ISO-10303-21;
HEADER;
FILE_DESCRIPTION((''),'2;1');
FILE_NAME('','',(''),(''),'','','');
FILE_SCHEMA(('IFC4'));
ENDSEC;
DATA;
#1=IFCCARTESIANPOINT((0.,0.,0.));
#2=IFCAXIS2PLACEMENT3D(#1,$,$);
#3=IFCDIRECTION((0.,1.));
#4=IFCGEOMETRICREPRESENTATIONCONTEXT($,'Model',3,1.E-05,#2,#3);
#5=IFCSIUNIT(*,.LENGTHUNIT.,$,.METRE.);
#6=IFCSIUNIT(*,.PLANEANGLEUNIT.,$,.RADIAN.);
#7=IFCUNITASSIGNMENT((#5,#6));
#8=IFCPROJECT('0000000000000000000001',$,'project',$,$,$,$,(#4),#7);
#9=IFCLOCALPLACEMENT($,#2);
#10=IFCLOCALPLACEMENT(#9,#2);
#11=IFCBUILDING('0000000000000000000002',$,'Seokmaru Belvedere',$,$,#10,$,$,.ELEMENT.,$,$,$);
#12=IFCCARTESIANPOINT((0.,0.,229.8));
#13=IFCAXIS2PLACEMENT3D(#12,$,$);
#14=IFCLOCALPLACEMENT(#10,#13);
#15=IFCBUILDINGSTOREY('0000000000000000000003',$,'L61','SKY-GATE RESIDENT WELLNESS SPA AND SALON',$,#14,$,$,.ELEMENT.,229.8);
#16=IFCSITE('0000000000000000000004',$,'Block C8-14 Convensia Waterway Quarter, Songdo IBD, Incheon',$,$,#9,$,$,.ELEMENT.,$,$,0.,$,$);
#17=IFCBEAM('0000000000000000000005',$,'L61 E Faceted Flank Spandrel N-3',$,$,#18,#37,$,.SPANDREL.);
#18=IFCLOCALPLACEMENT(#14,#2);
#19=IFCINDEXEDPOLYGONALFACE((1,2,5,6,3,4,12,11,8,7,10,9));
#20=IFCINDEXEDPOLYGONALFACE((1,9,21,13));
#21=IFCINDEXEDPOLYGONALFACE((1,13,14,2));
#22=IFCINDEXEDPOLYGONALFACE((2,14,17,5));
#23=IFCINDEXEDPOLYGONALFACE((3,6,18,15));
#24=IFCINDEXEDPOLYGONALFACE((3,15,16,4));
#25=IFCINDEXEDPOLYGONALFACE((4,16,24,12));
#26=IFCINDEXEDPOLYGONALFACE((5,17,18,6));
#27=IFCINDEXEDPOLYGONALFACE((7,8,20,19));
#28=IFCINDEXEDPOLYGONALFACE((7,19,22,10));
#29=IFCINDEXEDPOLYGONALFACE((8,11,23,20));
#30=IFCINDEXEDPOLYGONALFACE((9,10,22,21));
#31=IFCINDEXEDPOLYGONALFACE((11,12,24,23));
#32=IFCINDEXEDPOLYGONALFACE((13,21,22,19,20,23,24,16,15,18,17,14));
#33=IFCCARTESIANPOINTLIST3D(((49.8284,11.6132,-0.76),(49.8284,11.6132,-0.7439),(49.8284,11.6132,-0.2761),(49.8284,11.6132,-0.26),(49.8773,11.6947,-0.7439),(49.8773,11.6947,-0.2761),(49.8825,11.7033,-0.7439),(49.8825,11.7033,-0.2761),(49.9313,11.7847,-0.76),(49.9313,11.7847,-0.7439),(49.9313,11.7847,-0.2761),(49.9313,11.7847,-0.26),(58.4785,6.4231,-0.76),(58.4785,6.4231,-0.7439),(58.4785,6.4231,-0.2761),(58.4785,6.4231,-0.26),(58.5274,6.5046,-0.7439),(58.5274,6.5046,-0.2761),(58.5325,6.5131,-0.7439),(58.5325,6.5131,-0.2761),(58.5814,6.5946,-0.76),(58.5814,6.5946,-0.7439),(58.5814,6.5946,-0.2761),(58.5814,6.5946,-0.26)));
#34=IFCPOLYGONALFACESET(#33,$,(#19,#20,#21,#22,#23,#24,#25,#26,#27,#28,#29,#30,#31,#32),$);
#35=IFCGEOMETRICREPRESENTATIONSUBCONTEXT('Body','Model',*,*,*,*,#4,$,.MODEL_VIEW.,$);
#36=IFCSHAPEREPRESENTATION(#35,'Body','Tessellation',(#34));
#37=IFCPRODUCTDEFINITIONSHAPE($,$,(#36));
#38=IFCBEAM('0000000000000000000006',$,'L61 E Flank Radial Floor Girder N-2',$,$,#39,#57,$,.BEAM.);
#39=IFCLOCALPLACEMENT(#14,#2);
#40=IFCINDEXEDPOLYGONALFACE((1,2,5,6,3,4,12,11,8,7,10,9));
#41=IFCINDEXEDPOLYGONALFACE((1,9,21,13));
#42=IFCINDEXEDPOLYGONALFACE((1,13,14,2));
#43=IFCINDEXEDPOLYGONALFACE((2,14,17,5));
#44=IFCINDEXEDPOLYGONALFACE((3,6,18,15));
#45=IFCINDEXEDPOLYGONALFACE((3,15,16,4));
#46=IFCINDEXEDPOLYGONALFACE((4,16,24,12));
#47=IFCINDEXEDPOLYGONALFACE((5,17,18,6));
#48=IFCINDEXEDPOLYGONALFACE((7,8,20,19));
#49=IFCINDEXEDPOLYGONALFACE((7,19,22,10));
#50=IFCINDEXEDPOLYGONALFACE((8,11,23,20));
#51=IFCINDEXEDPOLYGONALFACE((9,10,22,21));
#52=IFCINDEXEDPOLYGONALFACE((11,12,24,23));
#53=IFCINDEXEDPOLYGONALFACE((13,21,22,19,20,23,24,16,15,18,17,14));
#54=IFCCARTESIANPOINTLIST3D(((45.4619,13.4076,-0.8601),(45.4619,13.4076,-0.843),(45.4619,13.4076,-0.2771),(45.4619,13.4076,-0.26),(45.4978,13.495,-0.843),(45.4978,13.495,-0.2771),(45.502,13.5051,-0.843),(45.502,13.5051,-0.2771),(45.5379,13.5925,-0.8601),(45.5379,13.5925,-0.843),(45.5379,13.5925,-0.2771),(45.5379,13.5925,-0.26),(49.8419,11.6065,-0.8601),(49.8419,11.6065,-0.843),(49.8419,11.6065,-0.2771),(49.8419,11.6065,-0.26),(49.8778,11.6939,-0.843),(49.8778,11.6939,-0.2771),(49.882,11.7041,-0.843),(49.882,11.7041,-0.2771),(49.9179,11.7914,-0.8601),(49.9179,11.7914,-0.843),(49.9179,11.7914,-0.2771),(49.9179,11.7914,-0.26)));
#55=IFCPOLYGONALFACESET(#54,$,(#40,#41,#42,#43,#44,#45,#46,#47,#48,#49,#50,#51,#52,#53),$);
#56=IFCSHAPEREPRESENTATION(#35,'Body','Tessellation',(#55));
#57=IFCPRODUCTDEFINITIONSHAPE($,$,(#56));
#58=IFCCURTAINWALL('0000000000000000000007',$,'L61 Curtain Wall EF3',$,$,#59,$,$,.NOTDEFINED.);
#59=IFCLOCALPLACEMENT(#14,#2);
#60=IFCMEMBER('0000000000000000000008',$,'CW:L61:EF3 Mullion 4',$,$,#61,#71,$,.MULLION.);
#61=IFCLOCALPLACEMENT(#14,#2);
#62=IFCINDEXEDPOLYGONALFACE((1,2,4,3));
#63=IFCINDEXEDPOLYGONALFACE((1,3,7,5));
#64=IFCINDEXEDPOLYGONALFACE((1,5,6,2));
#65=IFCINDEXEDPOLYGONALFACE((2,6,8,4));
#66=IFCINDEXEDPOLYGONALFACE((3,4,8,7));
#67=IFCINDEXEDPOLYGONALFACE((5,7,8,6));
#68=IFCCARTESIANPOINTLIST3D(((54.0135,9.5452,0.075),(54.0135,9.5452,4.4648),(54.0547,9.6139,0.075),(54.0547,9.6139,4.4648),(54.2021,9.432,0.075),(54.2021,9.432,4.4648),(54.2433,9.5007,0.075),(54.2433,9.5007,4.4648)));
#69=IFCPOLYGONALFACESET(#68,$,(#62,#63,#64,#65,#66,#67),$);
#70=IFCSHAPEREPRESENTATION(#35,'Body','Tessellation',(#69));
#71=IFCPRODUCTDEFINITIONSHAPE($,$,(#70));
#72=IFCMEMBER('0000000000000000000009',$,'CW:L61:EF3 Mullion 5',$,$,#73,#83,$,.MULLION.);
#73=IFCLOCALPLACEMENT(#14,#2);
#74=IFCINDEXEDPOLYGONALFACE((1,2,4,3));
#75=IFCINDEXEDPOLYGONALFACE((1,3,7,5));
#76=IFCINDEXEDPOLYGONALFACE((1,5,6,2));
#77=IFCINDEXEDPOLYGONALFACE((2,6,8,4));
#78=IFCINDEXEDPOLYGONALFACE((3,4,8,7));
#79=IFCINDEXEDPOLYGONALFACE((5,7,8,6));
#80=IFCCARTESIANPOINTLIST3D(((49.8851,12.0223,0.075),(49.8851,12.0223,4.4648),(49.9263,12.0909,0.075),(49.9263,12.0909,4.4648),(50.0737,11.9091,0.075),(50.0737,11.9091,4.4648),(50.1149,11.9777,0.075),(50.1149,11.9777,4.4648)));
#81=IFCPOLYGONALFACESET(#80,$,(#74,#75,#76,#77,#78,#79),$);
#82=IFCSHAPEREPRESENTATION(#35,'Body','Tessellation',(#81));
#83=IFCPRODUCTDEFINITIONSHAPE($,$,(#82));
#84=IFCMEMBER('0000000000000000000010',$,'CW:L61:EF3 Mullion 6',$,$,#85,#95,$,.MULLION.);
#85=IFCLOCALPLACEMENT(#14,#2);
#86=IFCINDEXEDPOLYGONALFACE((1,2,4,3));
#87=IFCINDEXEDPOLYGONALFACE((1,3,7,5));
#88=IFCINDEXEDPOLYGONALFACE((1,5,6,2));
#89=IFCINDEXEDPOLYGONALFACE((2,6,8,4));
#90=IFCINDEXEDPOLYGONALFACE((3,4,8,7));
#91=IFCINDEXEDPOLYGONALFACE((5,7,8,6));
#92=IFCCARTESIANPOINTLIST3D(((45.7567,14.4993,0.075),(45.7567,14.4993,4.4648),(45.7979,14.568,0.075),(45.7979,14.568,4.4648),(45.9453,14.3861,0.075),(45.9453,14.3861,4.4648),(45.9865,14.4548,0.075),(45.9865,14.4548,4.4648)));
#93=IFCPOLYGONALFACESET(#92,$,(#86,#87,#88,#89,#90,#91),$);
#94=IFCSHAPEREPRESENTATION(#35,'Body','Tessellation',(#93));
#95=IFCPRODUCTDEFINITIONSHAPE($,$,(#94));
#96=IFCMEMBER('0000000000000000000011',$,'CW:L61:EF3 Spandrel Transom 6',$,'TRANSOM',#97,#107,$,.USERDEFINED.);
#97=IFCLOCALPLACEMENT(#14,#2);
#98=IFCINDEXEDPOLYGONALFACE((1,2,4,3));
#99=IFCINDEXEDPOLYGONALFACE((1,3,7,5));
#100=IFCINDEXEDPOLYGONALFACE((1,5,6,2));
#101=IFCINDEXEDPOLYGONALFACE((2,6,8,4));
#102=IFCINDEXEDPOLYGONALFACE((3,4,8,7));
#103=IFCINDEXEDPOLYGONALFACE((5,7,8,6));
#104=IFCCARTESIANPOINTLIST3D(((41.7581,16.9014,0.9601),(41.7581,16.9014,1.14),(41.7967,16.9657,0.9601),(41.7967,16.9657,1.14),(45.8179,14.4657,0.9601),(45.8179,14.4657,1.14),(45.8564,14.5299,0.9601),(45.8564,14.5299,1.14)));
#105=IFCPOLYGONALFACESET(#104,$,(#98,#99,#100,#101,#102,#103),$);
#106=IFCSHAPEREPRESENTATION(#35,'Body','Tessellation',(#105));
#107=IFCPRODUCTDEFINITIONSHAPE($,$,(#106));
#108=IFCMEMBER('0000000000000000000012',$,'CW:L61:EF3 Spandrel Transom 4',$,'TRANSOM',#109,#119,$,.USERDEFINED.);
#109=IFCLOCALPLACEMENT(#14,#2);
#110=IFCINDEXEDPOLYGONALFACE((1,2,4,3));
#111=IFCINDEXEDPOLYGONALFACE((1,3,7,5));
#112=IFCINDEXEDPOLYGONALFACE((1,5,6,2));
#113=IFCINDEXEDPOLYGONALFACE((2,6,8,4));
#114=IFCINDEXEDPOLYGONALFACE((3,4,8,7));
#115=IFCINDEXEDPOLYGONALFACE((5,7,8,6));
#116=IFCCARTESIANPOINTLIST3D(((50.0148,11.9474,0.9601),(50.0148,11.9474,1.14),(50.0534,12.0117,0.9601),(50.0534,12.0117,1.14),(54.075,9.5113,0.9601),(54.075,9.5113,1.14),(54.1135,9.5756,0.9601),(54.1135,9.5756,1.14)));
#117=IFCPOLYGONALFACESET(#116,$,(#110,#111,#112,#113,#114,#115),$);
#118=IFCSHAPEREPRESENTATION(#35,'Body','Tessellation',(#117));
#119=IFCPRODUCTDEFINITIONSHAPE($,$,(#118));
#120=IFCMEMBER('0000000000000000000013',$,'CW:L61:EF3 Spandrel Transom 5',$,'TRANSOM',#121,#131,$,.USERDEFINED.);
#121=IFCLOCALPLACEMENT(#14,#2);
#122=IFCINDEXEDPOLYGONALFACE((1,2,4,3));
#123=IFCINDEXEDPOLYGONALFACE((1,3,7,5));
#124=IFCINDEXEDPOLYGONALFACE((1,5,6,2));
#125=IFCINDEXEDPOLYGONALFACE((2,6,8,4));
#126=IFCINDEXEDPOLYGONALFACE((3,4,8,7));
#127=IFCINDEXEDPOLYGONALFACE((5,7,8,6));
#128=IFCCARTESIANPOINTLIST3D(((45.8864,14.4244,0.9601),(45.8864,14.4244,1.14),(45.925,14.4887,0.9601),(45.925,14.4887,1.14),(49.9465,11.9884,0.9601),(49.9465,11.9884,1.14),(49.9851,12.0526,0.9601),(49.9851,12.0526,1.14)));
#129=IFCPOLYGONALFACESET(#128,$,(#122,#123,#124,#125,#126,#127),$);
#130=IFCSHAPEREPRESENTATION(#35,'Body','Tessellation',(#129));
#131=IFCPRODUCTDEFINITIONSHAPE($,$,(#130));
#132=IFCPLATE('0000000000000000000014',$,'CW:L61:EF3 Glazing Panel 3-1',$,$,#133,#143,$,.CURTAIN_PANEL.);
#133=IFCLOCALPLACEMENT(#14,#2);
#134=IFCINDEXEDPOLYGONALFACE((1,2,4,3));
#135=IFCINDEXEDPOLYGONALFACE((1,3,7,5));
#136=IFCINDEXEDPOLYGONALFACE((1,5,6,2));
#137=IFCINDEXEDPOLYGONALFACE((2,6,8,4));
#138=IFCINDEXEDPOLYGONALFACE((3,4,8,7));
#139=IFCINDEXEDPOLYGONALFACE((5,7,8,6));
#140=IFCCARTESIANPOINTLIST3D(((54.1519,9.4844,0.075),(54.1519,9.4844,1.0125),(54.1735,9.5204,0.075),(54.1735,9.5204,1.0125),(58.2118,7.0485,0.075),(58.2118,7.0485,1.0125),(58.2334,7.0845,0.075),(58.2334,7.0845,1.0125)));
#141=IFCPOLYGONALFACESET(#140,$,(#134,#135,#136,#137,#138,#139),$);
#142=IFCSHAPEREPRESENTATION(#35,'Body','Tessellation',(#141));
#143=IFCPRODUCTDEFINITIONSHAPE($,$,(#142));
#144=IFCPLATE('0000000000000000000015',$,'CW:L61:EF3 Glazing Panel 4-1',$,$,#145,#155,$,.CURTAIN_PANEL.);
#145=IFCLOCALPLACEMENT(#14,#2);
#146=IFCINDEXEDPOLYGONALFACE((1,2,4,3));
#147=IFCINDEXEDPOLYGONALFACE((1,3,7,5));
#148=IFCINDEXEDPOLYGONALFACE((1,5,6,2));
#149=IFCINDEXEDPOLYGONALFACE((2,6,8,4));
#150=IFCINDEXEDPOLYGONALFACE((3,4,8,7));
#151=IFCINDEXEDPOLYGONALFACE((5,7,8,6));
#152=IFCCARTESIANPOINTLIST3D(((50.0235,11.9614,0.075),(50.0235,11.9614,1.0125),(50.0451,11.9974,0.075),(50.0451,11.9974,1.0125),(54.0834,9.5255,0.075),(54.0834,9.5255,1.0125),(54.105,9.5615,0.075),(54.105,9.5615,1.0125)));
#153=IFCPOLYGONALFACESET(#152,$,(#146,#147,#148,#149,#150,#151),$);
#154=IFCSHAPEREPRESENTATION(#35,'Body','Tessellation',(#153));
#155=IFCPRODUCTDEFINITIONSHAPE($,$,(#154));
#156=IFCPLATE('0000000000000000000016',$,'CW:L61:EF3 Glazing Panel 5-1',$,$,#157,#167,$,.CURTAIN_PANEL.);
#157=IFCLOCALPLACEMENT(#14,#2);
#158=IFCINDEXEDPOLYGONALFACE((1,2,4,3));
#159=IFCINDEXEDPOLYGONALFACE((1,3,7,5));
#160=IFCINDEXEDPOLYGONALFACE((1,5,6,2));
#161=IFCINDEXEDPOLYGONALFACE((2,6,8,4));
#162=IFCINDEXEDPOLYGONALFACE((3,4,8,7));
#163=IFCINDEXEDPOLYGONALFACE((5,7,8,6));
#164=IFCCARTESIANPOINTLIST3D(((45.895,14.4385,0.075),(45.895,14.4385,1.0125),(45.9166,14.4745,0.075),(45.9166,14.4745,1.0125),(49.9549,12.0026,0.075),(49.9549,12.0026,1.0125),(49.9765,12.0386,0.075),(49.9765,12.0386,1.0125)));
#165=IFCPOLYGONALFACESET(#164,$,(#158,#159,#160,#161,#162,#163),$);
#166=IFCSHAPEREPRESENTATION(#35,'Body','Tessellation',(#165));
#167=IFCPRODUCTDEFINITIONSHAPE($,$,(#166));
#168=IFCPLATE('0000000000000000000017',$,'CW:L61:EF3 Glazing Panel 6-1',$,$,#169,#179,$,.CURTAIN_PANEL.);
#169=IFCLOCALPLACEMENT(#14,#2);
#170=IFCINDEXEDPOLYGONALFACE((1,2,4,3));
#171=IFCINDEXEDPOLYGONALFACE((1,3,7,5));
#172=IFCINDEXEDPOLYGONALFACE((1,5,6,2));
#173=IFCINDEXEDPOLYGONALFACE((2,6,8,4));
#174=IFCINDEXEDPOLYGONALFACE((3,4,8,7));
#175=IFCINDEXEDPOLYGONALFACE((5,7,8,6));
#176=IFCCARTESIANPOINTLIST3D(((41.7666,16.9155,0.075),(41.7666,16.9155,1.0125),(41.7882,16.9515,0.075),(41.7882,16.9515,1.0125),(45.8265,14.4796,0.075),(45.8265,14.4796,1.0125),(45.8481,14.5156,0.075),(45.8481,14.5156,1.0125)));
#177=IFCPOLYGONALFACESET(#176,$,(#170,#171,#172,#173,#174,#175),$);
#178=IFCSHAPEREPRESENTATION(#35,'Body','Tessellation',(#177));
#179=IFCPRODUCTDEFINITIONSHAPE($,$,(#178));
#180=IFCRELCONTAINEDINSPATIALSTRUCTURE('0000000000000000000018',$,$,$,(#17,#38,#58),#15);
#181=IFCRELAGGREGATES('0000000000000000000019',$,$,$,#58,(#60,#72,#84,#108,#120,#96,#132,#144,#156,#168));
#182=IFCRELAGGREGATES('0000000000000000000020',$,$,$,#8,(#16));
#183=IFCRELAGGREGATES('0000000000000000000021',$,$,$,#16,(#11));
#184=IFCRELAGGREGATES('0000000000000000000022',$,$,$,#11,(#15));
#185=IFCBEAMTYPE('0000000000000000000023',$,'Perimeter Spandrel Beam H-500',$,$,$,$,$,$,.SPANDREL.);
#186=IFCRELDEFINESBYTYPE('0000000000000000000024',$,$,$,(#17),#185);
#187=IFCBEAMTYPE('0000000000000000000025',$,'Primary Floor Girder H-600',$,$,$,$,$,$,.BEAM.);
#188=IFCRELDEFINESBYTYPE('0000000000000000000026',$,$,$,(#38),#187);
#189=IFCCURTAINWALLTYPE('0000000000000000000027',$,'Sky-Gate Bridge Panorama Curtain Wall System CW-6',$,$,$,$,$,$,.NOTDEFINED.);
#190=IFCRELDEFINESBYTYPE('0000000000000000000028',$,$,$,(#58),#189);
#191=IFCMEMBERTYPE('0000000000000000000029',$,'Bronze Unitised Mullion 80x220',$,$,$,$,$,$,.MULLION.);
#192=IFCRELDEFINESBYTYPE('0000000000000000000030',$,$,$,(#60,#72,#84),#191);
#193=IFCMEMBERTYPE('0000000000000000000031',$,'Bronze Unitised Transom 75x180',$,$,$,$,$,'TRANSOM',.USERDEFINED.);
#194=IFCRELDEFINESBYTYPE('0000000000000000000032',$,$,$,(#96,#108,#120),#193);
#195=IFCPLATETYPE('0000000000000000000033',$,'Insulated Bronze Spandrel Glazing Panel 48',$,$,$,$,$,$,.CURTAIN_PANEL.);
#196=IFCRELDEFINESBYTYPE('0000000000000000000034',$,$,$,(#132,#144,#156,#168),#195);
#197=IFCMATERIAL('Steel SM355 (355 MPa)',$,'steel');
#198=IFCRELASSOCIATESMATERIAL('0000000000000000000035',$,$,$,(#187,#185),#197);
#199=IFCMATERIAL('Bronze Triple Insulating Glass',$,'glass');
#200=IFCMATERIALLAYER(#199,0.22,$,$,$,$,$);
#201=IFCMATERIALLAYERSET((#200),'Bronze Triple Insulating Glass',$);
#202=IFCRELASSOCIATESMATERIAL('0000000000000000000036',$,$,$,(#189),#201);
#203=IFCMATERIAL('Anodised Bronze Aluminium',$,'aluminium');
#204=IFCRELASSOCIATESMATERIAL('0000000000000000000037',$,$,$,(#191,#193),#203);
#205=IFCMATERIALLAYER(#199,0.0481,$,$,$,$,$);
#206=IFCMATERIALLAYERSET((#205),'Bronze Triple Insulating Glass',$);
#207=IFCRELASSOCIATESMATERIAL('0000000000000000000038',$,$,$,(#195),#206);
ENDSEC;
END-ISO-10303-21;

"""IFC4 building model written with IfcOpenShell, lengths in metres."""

from ifc_helpers import new_model, si_unit, direction, frame, origin, origin_2d, place, context, subcontext, project, spatial, rectangle, i_section, extrude, source, transform, mapped, material, layer, layer_set, material_profile, profile_set, type_object, type_shapes, element, aggregate, save


model = new_model("IFC4")

# Units and contexts
model_context = context("Model", 3, precision=1e-05, world=origin(), true_north=direction((0.0, 1.0)))
body_context = subcontext(model_context, "Body", "Model", "MODEL_VIEW")
ifc_project = project(units=[si_unit("LENGTHUNIT", "METRE"), si_unit("PLANEANGLEUNIT", "RADIAN")], contexts=[model_context])

# Site, building, storey
site_placement = place(None, origin())
site = spatial("IfcSite", under=ifc_project, at=site_placement, Name="Block C8-14 Convensia Waterway Quarter, Songdo IBD, Incheon", CompositionType="ELEMENT", RefElevation=0.0)
building_placement = place(site_placement, origin())
building = spatial("IfcBuilding", under=site, at=building_placement, Name="Seokmaru Belvedere", CompositionType="ELEMENT")
storey_placement = place(building_placement, frame((0.0, 0.0, 229.8)))
storey = spatial("IfcBuildingStorey", under=building, at=storey_placement, Name="L61", Description="SKY-GATE RESIDENT WELLNESS SPA AND SALON", CompositionType="ELEMENT", Elevation=229.8)

# Shared definitions
ifc_material_1 = material(Name="Steel SM355 (355 MPa)", Category="steel")

# Beams
ifc_material_profile_1 = material_profile(ifc_material_1, i_section(OverallWidth=0.2, OverallDepth=0.6001, WebThickness=0.011, FlangeThickness=0.0171, at=origin_2d()), Name="H-600x200x11x17")
ifc_profile_set_1 = profile_set([ifc_material_profile_1], Name="Steel SM355 (355 MPa)")
beam_type_1 = type_object("IfcBeamType", Name="Primary Floor Girder H-600", PredefinedType="BEAM", material=ifc_profile_set_1)
ifc_material_profile_2 = material_profile(ifc_material_1, i_section(OverallWidth=0.2, OverallDepth=0.5, WebThickness=0.01, FlangeThickness=0.0161, at=origin_2d()), Name="H-500x200x10x16")
ifc_profile_set_2 = profile_set([ifc_material_profile_2], Name="Steel SM355 (355 MPa)")
beam_type_2 = type_object("IfcBeamType", Name="Perimeter Spandrel Beam H-500", PredefinedType="SPANDREL", material=ifc_profile_set_2)
shared_shape_1 = source(origin(), body_context, "Body", "SweptSolid", [
    extrude(i_section(OverallWidth=0.2, OverallDepth=0.5, WebThickness=0.01, FlangeThickness=0.0161, at=origin_2d()), origin(), (0.0, 0.0, 1.0), 10.0876),
])
type_shapes(beam_type_2, [shared_shape_1])
beam_1_placement = place(storey_placement, frame((49.8799, 11.699, -0.51), z_axis=(0.857489, -0.514503, 0.0), x_axis=(0.514503, 0.857489, 0.0)))
element("IfcBeam", 1, at=beam_1_placement, inside=storey, type_object=beam_type_2, Name="L61 E Faceted Flank Spandrel N-3", PredefinedType="SPANDREL", context=body_context, shape_type="MappedRepresentation", body=[
    mapped(shared_shape_1, transform((0.0, 0.0, 0.0), scale=1.0)),
])
shared_shape_2 = source(origin(), body_context, "Body", "SweptSolid", [
    extrude(i_section(OverallWidth=0.2, OverallDepth=0.6001, WebThickness=0.011, FlangeThickness=0.0171, at=origin_2d()), origin(), (0.0, 0.0, 1.0), 4.7358),
])
beam_2_placement = place(storey_placement, frame((49.8799, 11.699, -0.5601), z_axis=(-0.924861, 0.380306, 0.0), x_axis=(-0.380306, -0.924861, 0.0)))
element("IfcBeam", 2, at=beam_2_placement, inside=storey, type_object=beam_type_1, Name="L61 E Flank Radial Floor Girder N-2", PredefinedType="BEAM", context=body_context, shape_type="MappedRepresentation", body=[
    mapped(shared_shape_2, transform((0.0, 0.0, 0.0), scale=1.0)),
])

# Curtain wall, members, plates
ifc_material_2 = material(Name="Bronze Triple Insulating Glass", Category="glass")
ifc_layer_1 = layer(ifc_material_2, 0.22)
ifc_layer_set_1 = layer_set([ifc_layer_1], Name="Bronze Triple Insulating Glass")
curtain_wall_type = type_object("IfcCurtainWallType", Name="Sky-Gate Bridge Panorama Curtain Wall System CW-6", PredefinedType="NOTDEFINED", material=ifc_layer_set_1)
curtain_wall_placement = place(storey_placement, origin())
curtain_wall = element("IfcCurtainWall", 3, at=curtain_wall_placement, inside=storey, type_object=curtain_wall_type, Name="L61 Curtain Wall EF3", PredefinedType="NOTDEFINED")
ifc_material_3 = material(Name="Anodised Bronze Aluminium", Category="aluminium")
ifc_material_profile_3 = material_profile(ifc_material_3, rectangle(XDim=0.0801, YDim=0.22, at=origin_2d()), Name="CW-M-80x220")
ifc_profile_set_3 = profile_set([ifc_material_profile_3], Name="Anodised Bronze Aluminium")
member_type_1 = type_object("IfcMemberType", Name="Bronze Unitised Mullion 80x220", PredefinedType="MULLION", material=ifc_profile_set_3)
shared_shape_3 = source(origin(), body_context, "Body", "SweptSolid", [
    extrude(rectangle(XDim=0.0801, YDim=0.22, at=origin_2d()), origin(), (0.0, 0.0, 1.0), 4.3899),
])
type_shapes(member_type_1, [shared_shape_3])
member_1_placement = place(storey_placement, frame((54.1284, 9.5229, 0.075), z_axis=(0.0, 0.0, 1.0), x_axis=(-0.514495, -0.857493, 0.0)))
member_1 = element("IfcMember", 4, at=member_1_placement, type_object=member_type_1, Name="CW:L61:EF3 Mullion 4", PredefinedType="MULLION", context=body_context, shape_type="MappedRepresentation", body=[
    mapped(shared_shape_3, transform((0.0, 0.0, 0.0), scale=1.0)),
])
member_2_placement = place(storey_placement, frame((50.0, 12.0, 0.075), z_axis=(0.0, 0.0, 1.0), x_axis=(-0.514495, -0.857493, 0.0)))
member_2 = element("IfcMember", 5, at=member_2_placement, type_object=member_type_1, Name="CW:L61:EF3 Mullion 5", PredefinedType="MULLION", context=body_context, shape_type="MappedRepresentation", body=[
    mapped(shared_shape_3, transform((0.0, 0.0, 0.0), scale=1.0)),
])
member_3_placement = place(storey_placement, frame((45.8716, 14.4771, 0.075), z_axis=(0.0, 0.0, 1.0), x_axis=(-0.514495, -0.857493, 0.0)))
member_3 = element("IfcMember", 6, at=member_3_placement, type_object=member_type_1, Name="CW:L61:EF3 Mullion 6", PredefinedType="MULLION", context=body_context, shape_type="MappedRepresentation", body=[
    mapped(shared_shape_3, transform((0.0, 0.0, 0.0), scale=1.0)),
])
ifc_material_profile_4 = material_profile(ifc_material_3, rectangle(XDim=0.075, YDim=0.1799, at=origin_2d()), Name="CW-T-75x180")
ifc_profile_set_4 = profile_set([ifc_material_profile_4], Name="Anodised Bronze Aluminium")
member_type_2 = type_object("IfcMemberType", Name="Bronze Unitised Transom 75x180", ElementType="TRANSOM", PredefinedType="USERDEFINED", material=ifc_profile_set_4)
shared_shape_4 = source(origin(), body_context, "Body", "SweptSolid", [
    extrude(rectangle(XDim=0.075, YDim=0.1799, at=origin_2d()), origin(), (0.0, 0.0, 1.0), 4.7344),
])
member_4_placement = place(storey_placement, frame((45.8372, 14.4978, 1.05), z_axis=(-0.857502, 0.514481, 0.0), x_axis=(-0.514481, -0.857502, 0.0)))
member_4 = element("IfcMember", 7, at=member_4_placement, type_object=member_type_2, Name="CW:L61:EF3 Spandrel Transom 6", ObjectType="TRANSOM", PredefinedType="USERDEFINED", context=body_context, shape_type="MappedRepresentation", body=[
    mapped(shared_shape_4, transform((0.0, 0.0, 0.0), scale=1.0)),
])
shared_shape_5 = source(origin(), body_context, "Body", "SweptSolid", [
    extrude(rectangle(XDim=0.075, YDim=0.1799, at=origin_2d()), origin(), (0.0, 0.0, 1.0), 4.7349),
])
type_shapes(member_type_2, [shared_shape_4, shared_shape_5])
member_5_placement = place(storey_placement, frame((54.0942, 9.5435, 1.05), z_axis=(-0.857493, 0.514496, 0.0), x_axis=(-0.514496, -0.857493, 0.0)))
member_5 = element("IfcMember", 8, at=member_5_placement, type_object=member_type_2, Name="CW:L61:EF3 Spandrel Transom 4", ObjectType="TRANSOM", PredefinedType="USERDEFINED", context=body_context, shape_type="MappedRepresentation", body=[
    mapped(shared_shape_5, transform((0.0, 0.0, 0.0), scale=1.0)),
])
member_6_placement = place(storey_placement, frame((49.9658, 12.0205, 1.05), z_axis=(-0.857493, 0.514496, 0.0), x_axis=(-0.514496, -0.857493, 0.0)))
member_6 = element("IfcMember", 9, at=member_6_placement, type_object=member_type_2, Name="CW:L61:EF3 Spandrel Transom 5", ObjectType="TRANSOM", PredefinedType="USERDEFINED", context=body_context, shape_type="MappedRepresentation", body=[
    mapped(shared_shape_5, transform((0.0, 0.0, 0.0), scale=1.0)),
])
ifc_layer_2 = layer(ifc_material_2, 0.0481)
ifc_layer_set_2 = layer_set([ifc_layer_2], Name="Bronze Triple Insulating Glass")
plate_type_1 = type_object("IfcPlateType", Name="Insulated Bronze Spandrel Glazing Panel 48", PredefinedType="CURTAIN_PANEL", material=ifc_layer_set_2)
shared_shape_6 = source(origin(), body_context, "Body", "SweptSolid", [
    extrude(rectangle(XDim=4.7346, YDim=0.042, at=origin_2d()), origin(), (0.0, 0.0, 1.0), 0.9375),
])
type_shapes(plate_type_1, [shared_shape_6])
plate_1_placement = place(storey_placement, frame((56.1926, 8.2844, 0.075), z_axis=(0.0, 0.0, 1.0), x_axis=(-0.857493, 0.514495, 0.0)))
plate_1 = element("IfcPlate", 10, at=plate_1_placement, type_object=plate_type_1, Name="CW:L61:EF3 Glazing Panel 3-1", PredefinedType="CURTAIN_PANEL", context=body_context, shape_type="MappedRepresentation", body=[
    mapped(shared_shape_6, transform((0.0, 0.0, 0.0), scale=1.0)),
])
plate_2_placement = place(storey_placement, frame((52.0642, 10.7615, 0.075), z_axis=(0.0, 0.0, 1.0), x_axis=(-0.857493, 0.514495, 0.0)))
plate_2 = element("IfcPlate", 11, at=plate_2_placement, type_object=plate_type_1, Name="CW:L61:EF3 Glazing Panel 4-1", PredefinedType="CURTAIN_PANEL", context=body_context, shape_type="MappedRepresentation", body=[
    mapped(shared_shape_6, transform((0.0, 0.0, 0.0), scale=1.0)),
])
plate_3_placement = place(storey_placement, frame((47.9358, 13.2385, 0.075), z_axis=(0.0, 0.0, 1.0), x_axis=(-0.857493, 0.514495, 0.0)))
plate_3 = element("IfcPlate", 12, at=plate_3_placement, type_object=plate_type_1, Name="CW:L61:EF3 Glazing Panel 5-1", PredefinedType="CURTAIN_PANEL", context=body_context, shape_type="MappedRepresentation", body=[
    mapped(shared_shape_6, transform((0.0, 0.0, 0.0), scale=1.0)),
])
plate_4_placement = place(storey_placement, frame((43.8074, 15.7156, 0.075), z_axis=(0.0, 0.0, 1.0), x_axis=(-0.857493, 0.514495, 0.0)))
plate_4 = element("IfcPlate", 13, at=plate_4_placement, type_object=plate_type_1, Name="CW:L61:EF3 Glazing Panel 6-1", PredefinedType="CURTAIN_PANEL", context=body_context, shape_type="MappedRepresentation", body=[
    mapped(shared_shape_6, transform((0.0, 0.0, 0.0), scale=1.0)),
])
aggregate(curtain_wall, [member_1, member_2, member_3, member_5, member_6, member_4, plate_1, plate_2, plate_3, plate_4])

save(model, "model.ifc")
